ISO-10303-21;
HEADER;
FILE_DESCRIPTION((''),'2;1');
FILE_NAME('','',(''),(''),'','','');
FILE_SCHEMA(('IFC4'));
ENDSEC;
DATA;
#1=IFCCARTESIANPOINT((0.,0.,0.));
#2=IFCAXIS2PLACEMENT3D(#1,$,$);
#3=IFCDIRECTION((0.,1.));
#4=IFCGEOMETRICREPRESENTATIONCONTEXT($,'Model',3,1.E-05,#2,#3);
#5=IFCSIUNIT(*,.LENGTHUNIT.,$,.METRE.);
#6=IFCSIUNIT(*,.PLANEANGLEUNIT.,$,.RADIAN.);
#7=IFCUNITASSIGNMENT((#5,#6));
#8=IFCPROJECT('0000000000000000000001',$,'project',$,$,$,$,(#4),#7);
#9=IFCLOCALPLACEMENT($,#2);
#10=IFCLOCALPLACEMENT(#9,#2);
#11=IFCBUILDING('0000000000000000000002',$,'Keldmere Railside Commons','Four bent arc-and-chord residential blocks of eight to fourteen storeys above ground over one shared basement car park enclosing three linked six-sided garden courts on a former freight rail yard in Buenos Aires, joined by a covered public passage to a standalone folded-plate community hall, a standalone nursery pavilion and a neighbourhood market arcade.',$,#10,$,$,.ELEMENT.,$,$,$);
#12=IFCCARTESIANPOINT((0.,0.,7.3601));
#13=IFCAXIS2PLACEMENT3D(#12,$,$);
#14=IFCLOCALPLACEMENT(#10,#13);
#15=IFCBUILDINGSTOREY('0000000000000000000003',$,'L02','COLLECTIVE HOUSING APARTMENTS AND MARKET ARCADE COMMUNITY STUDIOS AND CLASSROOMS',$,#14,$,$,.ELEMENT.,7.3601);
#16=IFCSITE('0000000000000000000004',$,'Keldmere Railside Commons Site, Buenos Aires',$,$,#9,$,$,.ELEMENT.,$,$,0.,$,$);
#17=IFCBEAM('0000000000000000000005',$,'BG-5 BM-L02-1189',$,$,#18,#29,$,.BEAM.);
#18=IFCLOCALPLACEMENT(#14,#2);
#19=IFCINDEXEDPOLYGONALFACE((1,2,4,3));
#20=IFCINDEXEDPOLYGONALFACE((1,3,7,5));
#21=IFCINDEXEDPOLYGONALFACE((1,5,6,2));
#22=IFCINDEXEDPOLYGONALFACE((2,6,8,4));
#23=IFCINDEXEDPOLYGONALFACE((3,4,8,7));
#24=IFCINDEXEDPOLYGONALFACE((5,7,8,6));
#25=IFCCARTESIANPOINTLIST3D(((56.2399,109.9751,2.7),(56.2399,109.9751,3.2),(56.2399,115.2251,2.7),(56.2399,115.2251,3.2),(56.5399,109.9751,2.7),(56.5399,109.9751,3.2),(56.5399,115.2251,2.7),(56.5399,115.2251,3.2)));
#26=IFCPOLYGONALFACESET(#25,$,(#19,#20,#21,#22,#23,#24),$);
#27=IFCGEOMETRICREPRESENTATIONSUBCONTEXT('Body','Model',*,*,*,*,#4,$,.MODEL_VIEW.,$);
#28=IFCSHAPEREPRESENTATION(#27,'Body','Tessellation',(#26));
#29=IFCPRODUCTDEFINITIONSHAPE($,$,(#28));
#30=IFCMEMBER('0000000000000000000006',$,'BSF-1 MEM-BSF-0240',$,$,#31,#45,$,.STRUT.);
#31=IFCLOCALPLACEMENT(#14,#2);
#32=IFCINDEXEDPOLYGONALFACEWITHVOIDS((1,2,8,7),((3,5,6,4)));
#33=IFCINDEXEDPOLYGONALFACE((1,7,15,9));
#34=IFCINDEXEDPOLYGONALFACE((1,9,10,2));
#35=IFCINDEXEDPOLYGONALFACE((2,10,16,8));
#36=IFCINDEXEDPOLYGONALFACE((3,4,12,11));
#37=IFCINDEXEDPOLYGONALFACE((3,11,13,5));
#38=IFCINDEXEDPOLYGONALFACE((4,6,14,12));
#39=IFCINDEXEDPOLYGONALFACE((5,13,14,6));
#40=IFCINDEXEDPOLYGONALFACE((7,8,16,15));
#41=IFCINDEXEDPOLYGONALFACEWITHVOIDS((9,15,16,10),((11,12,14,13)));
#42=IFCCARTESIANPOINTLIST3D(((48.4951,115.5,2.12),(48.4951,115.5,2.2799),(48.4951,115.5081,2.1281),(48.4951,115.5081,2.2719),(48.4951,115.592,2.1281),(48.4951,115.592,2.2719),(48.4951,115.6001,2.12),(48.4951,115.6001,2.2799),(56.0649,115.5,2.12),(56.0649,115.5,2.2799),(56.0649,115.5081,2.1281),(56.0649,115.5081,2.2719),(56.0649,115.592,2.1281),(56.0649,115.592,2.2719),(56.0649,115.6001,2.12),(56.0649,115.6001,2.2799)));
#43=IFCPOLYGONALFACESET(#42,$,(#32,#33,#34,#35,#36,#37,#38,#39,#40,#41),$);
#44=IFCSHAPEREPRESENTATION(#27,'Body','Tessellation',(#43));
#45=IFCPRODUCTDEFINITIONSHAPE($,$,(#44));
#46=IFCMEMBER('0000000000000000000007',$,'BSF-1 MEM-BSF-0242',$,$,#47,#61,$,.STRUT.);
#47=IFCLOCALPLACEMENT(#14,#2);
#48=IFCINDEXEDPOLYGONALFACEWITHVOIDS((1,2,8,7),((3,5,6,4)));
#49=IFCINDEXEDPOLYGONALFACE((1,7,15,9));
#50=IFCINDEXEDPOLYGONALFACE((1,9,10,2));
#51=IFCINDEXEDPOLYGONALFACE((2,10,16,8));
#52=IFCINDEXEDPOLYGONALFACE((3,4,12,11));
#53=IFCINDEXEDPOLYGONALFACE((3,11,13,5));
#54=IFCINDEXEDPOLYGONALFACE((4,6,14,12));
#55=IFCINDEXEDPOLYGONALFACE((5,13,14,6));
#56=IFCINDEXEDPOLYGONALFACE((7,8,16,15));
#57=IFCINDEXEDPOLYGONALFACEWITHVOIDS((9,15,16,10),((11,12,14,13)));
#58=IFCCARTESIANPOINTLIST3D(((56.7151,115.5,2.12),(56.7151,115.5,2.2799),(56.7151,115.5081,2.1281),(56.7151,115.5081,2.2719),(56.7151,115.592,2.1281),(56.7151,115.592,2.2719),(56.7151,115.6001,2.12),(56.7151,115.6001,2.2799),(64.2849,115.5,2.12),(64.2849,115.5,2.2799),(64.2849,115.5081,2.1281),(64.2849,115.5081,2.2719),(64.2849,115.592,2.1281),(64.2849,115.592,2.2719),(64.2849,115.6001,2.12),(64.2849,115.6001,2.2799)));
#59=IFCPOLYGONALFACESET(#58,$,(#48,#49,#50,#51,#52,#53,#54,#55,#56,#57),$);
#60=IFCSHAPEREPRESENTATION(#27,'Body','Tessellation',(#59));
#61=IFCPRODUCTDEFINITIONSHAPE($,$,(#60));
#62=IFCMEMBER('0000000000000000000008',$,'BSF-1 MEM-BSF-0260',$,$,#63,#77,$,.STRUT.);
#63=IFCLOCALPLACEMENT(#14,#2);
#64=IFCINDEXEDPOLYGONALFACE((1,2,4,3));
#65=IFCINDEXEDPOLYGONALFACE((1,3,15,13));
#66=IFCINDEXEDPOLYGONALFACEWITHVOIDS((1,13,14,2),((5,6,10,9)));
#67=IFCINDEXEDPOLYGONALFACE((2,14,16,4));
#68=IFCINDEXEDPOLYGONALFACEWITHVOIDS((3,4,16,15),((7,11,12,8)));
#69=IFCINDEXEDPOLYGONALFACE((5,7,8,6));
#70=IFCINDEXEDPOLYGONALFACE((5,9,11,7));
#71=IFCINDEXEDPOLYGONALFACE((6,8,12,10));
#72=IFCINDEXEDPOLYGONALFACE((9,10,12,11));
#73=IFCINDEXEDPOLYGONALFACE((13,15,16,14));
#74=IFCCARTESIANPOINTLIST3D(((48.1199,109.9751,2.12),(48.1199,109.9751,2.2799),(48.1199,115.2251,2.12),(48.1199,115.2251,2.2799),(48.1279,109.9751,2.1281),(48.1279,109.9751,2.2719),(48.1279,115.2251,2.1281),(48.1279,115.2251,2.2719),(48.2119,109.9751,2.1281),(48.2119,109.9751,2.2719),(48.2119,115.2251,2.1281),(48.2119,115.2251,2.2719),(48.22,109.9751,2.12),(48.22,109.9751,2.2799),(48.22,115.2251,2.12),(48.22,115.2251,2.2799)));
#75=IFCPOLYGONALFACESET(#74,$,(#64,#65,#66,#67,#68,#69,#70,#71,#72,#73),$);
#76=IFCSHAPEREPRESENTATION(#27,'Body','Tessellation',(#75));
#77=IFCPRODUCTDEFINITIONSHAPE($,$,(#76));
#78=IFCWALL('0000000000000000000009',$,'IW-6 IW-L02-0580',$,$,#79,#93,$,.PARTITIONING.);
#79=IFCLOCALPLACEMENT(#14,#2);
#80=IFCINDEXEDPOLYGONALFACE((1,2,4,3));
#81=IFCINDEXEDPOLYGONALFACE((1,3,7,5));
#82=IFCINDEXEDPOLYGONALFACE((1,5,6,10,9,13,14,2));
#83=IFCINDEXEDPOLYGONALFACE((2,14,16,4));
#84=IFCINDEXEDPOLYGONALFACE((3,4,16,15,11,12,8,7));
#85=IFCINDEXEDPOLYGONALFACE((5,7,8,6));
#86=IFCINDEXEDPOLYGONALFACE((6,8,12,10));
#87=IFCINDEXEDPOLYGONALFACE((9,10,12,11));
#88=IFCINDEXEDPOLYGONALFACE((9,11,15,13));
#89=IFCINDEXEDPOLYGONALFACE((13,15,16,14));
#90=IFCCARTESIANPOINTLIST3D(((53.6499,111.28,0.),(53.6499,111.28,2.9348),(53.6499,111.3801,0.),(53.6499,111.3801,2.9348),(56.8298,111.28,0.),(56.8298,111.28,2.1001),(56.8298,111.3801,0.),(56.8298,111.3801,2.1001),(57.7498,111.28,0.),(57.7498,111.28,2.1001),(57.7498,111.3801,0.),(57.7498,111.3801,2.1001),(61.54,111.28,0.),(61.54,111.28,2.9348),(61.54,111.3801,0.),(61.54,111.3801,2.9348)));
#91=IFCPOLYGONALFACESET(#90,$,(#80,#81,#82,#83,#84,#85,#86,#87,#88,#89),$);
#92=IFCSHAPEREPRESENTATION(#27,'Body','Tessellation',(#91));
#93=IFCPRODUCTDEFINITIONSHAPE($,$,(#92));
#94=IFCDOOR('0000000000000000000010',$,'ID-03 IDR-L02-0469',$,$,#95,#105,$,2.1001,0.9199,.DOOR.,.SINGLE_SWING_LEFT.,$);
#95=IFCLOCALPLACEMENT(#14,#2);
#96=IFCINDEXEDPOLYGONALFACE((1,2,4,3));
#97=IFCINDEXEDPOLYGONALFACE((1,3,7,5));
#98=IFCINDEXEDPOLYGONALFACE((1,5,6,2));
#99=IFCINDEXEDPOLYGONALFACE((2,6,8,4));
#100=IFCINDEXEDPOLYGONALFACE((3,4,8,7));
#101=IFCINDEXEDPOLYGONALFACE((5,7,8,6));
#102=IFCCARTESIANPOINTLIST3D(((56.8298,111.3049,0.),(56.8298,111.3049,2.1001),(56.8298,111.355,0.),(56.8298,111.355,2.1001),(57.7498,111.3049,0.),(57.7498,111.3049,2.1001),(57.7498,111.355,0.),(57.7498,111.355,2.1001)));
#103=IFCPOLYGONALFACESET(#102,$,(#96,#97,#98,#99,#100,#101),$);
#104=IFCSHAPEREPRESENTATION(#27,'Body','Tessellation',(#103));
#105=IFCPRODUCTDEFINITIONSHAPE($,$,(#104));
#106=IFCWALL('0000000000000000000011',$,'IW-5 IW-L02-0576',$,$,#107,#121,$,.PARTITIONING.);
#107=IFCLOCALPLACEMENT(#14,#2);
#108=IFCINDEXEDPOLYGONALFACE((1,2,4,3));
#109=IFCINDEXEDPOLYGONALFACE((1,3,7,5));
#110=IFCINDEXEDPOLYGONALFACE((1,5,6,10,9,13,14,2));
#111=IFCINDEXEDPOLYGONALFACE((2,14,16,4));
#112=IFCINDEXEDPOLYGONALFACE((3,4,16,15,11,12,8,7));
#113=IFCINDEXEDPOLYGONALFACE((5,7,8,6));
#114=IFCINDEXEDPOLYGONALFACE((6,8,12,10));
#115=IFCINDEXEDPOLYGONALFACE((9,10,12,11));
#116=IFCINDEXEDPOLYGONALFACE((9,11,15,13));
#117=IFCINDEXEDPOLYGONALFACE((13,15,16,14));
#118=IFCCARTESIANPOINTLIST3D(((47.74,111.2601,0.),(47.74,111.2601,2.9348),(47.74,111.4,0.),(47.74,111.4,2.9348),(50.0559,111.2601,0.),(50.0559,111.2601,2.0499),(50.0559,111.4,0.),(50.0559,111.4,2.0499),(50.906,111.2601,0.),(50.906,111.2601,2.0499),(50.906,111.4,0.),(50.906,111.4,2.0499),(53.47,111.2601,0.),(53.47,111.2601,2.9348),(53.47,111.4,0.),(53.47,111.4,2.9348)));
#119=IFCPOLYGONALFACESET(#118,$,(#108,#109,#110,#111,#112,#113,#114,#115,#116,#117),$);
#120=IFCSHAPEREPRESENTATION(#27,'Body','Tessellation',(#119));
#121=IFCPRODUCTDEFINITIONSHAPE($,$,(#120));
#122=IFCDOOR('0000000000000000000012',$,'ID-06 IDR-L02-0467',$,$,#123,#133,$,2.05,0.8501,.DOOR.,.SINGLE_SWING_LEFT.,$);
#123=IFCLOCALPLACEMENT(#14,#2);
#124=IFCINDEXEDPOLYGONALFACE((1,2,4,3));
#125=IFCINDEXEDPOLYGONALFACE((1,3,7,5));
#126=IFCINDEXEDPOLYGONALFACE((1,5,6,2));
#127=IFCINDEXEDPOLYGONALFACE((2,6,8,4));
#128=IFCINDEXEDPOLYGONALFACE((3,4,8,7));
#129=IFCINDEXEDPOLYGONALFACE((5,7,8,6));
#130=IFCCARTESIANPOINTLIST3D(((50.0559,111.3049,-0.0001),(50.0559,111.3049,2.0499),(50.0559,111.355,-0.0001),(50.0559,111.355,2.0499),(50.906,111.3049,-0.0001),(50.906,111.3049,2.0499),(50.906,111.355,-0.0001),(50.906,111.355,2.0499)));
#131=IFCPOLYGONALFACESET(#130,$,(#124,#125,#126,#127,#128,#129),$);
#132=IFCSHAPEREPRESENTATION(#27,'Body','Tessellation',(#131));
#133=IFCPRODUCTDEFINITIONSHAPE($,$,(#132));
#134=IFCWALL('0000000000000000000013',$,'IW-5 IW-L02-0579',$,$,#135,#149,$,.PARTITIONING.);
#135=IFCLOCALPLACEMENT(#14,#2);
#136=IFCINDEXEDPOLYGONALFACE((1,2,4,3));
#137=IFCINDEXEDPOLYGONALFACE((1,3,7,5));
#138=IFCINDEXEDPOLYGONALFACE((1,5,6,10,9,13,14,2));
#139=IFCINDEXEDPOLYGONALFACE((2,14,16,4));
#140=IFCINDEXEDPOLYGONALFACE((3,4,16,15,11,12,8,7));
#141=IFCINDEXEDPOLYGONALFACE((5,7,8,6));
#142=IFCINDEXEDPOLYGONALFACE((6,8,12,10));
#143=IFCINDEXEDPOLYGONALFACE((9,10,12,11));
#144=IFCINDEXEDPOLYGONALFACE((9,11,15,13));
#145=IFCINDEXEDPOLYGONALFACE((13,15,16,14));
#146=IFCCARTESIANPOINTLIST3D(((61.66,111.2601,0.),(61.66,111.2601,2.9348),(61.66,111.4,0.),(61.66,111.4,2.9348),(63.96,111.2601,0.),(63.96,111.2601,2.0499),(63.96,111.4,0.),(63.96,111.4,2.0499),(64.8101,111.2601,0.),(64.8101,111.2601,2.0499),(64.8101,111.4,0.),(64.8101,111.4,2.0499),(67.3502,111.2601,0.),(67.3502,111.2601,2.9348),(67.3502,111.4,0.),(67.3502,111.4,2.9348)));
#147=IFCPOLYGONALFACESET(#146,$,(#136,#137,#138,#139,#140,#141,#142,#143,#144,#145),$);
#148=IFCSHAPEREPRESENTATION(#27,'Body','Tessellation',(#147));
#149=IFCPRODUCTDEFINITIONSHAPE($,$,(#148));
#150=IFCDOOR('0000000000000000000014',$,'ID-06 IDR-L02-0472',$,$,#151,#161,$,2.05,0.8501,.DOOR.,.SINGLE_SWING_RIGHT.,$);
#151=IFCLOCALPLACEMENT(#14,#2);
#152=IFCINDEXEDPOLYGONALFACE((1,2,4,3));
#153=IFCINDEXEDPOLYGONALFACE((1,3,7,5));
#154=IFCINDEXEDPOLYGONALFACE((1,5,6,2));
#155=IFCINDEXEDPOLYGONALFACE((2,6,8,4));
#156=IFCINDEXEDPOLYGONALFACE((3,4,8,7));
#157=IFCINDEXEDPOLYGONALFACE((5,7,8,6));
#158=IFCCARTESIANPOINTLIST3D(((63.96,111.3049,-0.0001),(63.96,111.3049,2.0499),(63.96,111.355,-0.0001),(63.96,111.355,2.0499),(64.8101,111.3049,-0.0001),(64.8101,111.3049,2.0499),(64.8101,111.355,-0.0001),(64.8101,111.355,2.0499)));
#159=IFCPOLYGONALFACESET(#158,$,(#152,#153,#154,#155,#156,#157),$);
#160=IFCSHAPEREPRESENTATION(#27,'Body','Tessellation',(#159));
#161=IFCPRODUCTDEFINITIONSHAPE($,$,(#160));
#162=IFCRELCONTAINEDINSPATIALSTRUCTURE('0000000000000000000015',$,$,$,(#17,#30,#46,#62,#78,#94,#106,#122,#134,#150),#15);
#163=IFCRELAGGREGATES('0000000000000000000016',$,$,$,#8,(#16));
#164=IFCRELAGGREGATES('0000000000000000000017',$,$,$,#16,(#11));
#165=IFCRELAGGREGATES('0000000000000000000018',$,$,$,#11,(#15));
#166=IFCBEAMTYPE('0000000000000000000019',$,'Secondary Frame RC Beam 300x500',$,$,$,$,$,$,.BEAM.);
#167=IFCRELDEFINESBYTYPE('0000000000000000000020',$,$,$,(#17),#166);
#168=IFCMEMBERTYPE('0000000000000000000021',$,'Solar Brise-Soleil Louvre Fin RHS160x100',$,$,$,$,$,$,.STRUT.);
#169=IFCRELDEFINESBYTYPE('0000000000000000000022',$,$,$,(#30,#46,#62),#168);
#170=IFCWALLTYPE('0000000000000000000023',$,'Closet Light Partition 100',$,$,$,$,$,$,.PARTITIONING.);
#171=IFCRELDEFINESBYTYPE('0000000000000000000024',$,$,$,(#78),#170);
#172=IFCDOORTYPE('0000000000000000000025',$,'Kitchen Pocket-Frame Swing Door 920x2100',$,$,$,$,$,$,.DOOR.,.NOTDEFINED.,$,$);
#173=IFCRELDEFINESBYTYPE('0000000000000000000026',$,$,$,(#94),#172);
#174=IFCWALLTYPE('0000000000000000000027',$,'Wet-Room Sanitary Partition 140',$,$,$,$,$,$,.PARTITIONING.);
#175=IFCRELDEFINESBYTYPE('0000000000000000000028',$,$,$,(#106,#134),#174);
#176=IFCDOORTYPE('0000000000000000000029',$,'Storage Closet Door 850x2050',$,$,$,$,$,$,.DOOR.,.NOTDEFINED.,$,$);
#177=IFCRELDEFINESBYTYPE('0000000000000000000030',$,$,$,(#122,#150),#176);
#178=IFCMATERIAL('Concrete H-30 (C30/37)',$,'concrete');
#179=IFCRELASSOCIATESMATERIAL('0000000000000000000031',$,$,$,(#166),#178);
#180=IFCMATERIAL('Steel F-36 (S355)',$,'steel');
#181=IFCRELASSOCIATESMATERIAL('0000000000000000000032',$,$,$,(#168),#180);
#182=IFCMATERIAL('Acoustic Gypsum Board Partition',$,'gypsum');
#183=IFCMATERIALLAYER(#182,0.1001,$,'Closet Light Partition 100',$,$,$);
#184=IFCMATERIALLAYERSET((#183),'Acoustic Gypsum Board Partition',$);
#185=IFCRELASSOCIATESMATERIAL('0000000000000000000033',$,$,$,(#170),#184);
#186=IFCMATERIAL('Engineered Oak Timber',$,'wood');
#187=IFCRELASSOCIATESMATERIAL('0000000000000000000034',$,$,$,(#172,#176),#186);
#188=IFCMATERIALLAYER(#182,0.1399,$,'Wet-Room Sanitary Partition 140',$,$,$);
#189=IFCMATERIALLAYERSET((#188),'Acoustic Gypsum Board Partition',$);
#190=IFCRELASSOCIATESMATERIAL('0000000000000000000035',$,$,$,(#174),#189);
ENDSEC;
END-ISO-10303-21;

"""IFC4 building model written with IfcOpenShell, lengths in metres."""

from ifc_helpers import new_model, si_unit, direction, frame, frame_2d, origin, origin_2d, place, context, subcontext, project, spatial, rectangle, hollow_rectangle, extrude, material, layer, layer_set, material_profile, profile_set, type_object, element, fill, save


model = new_model("IFC4")

# Units and contexts
model_context = context("Model", 3, precision=1e-05, world=origin(), true_north=direction((0.0, 1.0)))
body_context = subcontext(model_context, "Body", "Model", "MODEL_VIEW")
ifc_project = project(units=[si_unit("LENGTHUNIT", "METRE"), si_unit("PLANEANGLEUNIT", "RADIAN")], contexts=[model_context])

# Site, building, storey
site_placement = place(None, origin())
site = spatial("IfcSite", under=ifc_project, at=site_placement, Name="Keldmere Railside Commons Site, Buenos Aires", CompositionType="ELEMENT", RefElevation=0.0)
building_placement = place(site_placement, origin())
building = spatial("IfcBuilding", under=site, at=building_placement, Name="Keldmere Railside Commons", Description="Four bent arc-and-chord residential blocks of eight to fourteen storeys above ground over one shared basement car park enclosing three linked six-sided garden courts on a former freight rail yard in Buenos Aires, joined by a covered public passage to a standalone folded-plate community hall, a standalone nursery pavilion and a neighbourhood market arcade.", CompositionType="ELEMENT")
storey_placement = place(building_placement, frame((0.0, 0.0, 7.3601)))
storey = spatial("IfcBuildingStorey", under=building, at=storey_placement, Name="L02", Description="COLLECTIVE HOUSING APARTMENTS AND MARKET ARCADE COMMUNITY STUDIOS AND CLASSROOMS", CompositionType="ELEMENT", Elevation=7.3601)

# Shared definitions
ifc_material_1 = material(Name="Steel F-36 (S355)", Category="steel")

# Beam
ifc_material_2 = material(Name="Concrete H-30 (C30/37)", Category="concrete")
ifc_material_profile_1 = material_profile(ifc_material_2, rectangle(XDim=0.3, YDim=0.5, at=origin_2d()), Name="RC-300x500")
ifc_profile_set_1 = profile_set([ifc_material_profile_1], Name="Concrete H-30 (C30/37)")
beam_type_1 = type_object("IfcBeamType", Name="Secondary Frame RC Beam 300x500", PredefinedType="BEAM", material=ifc_profile_set_1)
for number, where, z_axis, x_axis, name in (
    (1, (56.3899, 109.9751, 2.95), (0.0, 1.0, 0.0), (-1.0, 0.0, 0.0), "BG-5 BM-L02-1189"),
):
    element("IfcBeam", number, at=place(storey_placement, frame(where, z_axis=z_axis, x_axis=x_axis)), inside=storey, type_object=beam_type_1, Name=name, PredefinedType="BEAM", context=body_context, shape_type="SweptSolid", body=[
        extrude(rectangle(XDim=0.3, YDim=0.5, at=origin_2d()), origin(), (0.0, 0.0, 1.0), 5.25),
    ])

# Members
ifc_material_profile_2 = material_profile(ifc_material_1, hollow_rectangle(XDim=0.1001, YDim=0.1599, WallThickness=0.0081, at=origin_2d()), Name="RHS-160x100x8")
ifc_profile_set_2 = profile_set([ifc_material_profile_2], Name="Steel F-36 (S355)")
member_type_1 = type_object("IfcMemberType", Name="Solar Brise-Soleil Louvre Fin RHS160x100", PredefinedType="STRUT", material=ifc_profile_set_2)
for number, where, z_axis, x_axis, name in (
    (2, (48.4951, 115.55, 2.2), (1.0, 0.0, 0.0), (0.0, 1.0, 0.0), "BSF-1 MEM-BSF-0240"),
    (3, (56.7151, 115.55, 2.2), (1.0, 0.0, 0.0), (0.0, 1.0, 0.0), "BSF-1 MEM-BSF-0242"),
):
    element("IfcMember", number, at=place(storey_placement, frame(where, z_axis=z_axis, x_axis=x_axis)), inside=storey, type_object=member_type_1, Name=name, PredefinedType="STRUT", context=body_context, shape_type="SweptSolid", body=[
        extrude(hollow_rectangle(XDim=0.1001, YDim=0.1599, WallThickness=0.0081, at=origin_2d()), origin(), (0.0, 0.0, 1.0), 7.5698),
    ])
member_1_placement = place(storey_placement, frame((48.1699, 109.9751, 2.2), z_axis=(0.0, 1.0, 0.0), x_axis=(-1.0, 0.0, 0.0)))
element("IfcMember", 4, at=member_1_placement, inside=storey, type_object=member_type_1, Name="BSF-1 MEM-BSF-0260", PredefinedType="STRUT", context=body_context, shape_type="SweptSolid", body=[
    extrude(hollow_rectangle(XDim=0.1001, YDim=0.1599, WallThickness=0.0081, at=origin_2d()), origin(), (0.0, 0.0, 1.0), 5.25),
])

# Walls, openings, doors
ifc_material_3 = material(Name="Acoustic Gypsum Board Partition", Category="gypsum")
ifc_layer_1 = layer(ifc_material_3, 0.1001, Name="Closet Light Partition 100")
ifc_layer_set_1 = layer_set([ifc_layer_1], Name="Acoustic Gypsum Board Partition")
wall_type_1 = type_object("IfcWallType", Name="Closet Light Partition 100", PredefinedType="PARTITIONING", material=ifc_layer_set_1)
wall_1_placement = place(storey_placement, frame((53.6499, 111.3301, 0.0), z_axis=(0.0, 0.0, 1.0), x_axis=(1.0, 0.0, 0.0)))
wall_1 = element("IfcWall", 5, at=wall_1_placement, inside=storey, type_object=wall_type_1, Name="IW-6 IW-L02-0580", PredefinedType="PARTITIONING", context=body_context, shape_type="SweptSolid", body=[
    extrude(rectangle(XDim=7.8901, YDim=0.1001, at=frame_2d((3.9451, 0.0))), origin(), (0.0, 0.0, 1.0), 2.9348),
])
opening_1_placement = place(wall_1_placement, frame((3.1799, 0.0, 0.0)))
opening_1 = element("IfcOpeningElement", 6, at=opening_1_placement, cuts=wall_1, PredefinedType="OPENING", context=body_context, shape_type="SweptSolid", body=[
    extrude(rectangle(XDim=0.9199, YDim=2.1001, at=frame_2d((0.46, 1.05))), frame((0.0, 0.0601, 0.0), z_axis=(0.0, -1.0, 0.0), x_axis=(1.0, 0.0, 0.0)), (0.0, 0.0, 1.0), 0.1201),
])
ifc_material_4 = material(Name="Engineered Oak Timber", Category="wood")
door_type_1 = type_object("IfcDoorType", Name="Kitchen Pocket-Frame Swing Door 920x2100", OperationType="NOTDEFINED", PredefinedType="DOOR", material=ifc_material_4)
door_1_placement = place(opening_1_placement, origin())
door_1 = element("IfcDoor", 7, at=door_1_placement, inside=storey, type_object=door_type_1, Name="ID-03 IDR-L02-0469", OperationType="SINGLE_SWING_LEFT", OverallHeight=2.1001, OverallWidth=0.9199, PredefinedType="DOOR", context=body_context, shape_type="SweptSolid", body=[
    extrude(rectangle(XDim=0.9199, YDim=2.1001, at=frame_2d((0.46, 1.05))), frame((0.0, 0.0249, 0.0), z_axis=(0.0, -1.0, 0.0), x_axis=(1.0, 0.0, 0.0)), (0.0, 0.0, 1.0), 0.05),
])
fill(opening_1, door_1)
ifc_layer_2 = layer(ifc_material_3, 0.1399, Name="Wet-Room Sanitary Partition 140")
ifc_layer_set_2 = layer_set([ifc_layer_2], Name="Acoustic Gypsum Board Partition")
wall_type_2 = type_object("IfcWallType", Name="Wet-Room Sanitary Partition 140", PredefinedType="PARTITIONING", material=ifc_layer_set_2)
wall_2_placement = place(storey_placement, frame((47.74, 111.3301, 0.0), z_axis=(0.0, 0.0, 1.0), x_axis=(1.0, 0.0, 0.0)))
wall_2 = element("IfcWall", 8, at=wall_2_placement, inside=storey, type_object=wall_type_2, Name="IW-5 IW-L02-0576", PredefinedType="PARTITIONING", context=body_context, shape_type="SweptSolid", body=[
    extrude(rectangle(XDim=5.73, YDim=0.1399, at=frame_2d((2.865, 0.0))), origin(), (0.0, 0.0, 1.0), 2.9348),
])
opening_2_placement = place(wall_2_placement, frame((2.3159, 0.0, 0.0)))
opening_2 = element("IfcOpeningElement", 9, at=opening_2_placement, cuts=wall_2, PredefinedType="OPENING", context=body_context, shape_type="SweptSolid", body=[
    extrude(rectangle(XDim=0.8501, YDim=2.05, at=frame_2d((0.425, 1.0249))), frame((0.0, 0.0798, 0.0), z_axis=(0.0, -1.0, 0.0), x_axis=(1.0, 0.0, 0.0)), (0.0, 0.0, 1.0), 0.1599),
])
door_type_2 = type_object("IfcDoorType", Name="Storage Closet Door 850x2050", OperationType="NOTDEFINED", PredefinedType="DOOR", material=ifc_material_4)
door_2_placement = place(opening_2_placement, origin())
door_2 = element("IfcDoor", 10, at=door_2_placement, inside=storey, type_object=door_type_2, Name="ID-06 IDR-L02-0467", OperationType="SINGLE_SWING_LEFT", OverallHeight=2.05, OverallWidth=0.8501, PredefinedType="DOOR", context=body_context, shape_type="SweptSolid", body=[
    extrude(rectangle(XDim=0.8501, YDim=2.05, at=frame_2d((0.425, 1.0249))), frame((0.0, 0.0249, 0.0), z_axis=(0.0, -1.0, 0.0), x_axis=(1.0, 0.0, 0.0)), (0.0, 0.0, 1.0), 0.05),
])
fill(opening_2, door_2)
wall_3_placement = place(storey_placement, frame((61.6599, 111.3301, 0.0), z_axis=(0.0, 0.0, 1.0), x_axis=(1.0, 0.0, 0.0)))
wall_3 = element("IfcWall", 11, at=wall_3_placement, inside=storey, type_object=wall_type_2, Name="IW-5 IW-L02-0579", PredefinedType="PARTITIONING", context=body_context, shape_type="SweptSolid", body=[
    extrude(rectangle(XDim=5.6902, YDim=0.1399, at=frame_2d((2.8452, 0.0))), origin(), (0.0, 0.0, 1.0), 2.9348),
])
opening_3_placement = place(wall_3_placement, frame((2.3, 0.0, 0.0)))
opening_3 = element("IfcOpeningElement", 12, at=opening_3_placement, cuts=wall_3, PredefinedType="OPENING", context=body_context, shape_type="SweptSolid", body=[
    extrude(rectangle(XDim=0.8501, YDim=2.05, at=frame_2d((0.425, 1.0249))), frame((0.0, 0.0798, 0.0), z_axis=(0.0, -1.0, 0.0), x_axis=(1.0, 0.0, 0.0)), (0.0, 0.0, 1.0), 0.1599),
])
door_3_placement = place(opening_3_placement, origin())
door_3 = element("IfcDoor", 13, at=door_3_placement, inside=storey, type_object=door_type_2, Name="ID-06 IDR-L02-0472", OperationType="SINGLE_SWING_RIGHT", OverallHeight=2.05, OverallWidth=0.8501, PredefinedType="DOOR", context=body_context, shape_type="SweptSolid", body=[
    extrude(rectangle(XDim=0.8501, YDim=2.05, at=frame_2d((0.425, 1.0249))), frame((0.0, 0.0249, 0.0), z_axis=(0.0, -1.0, 0.0), x_axis=(1.0, 0.0, 0.0)), (0.0, 0.0, 1.0), 0.05),
])
fill(opening_3, door_3)

save(model, "model.ifc")
